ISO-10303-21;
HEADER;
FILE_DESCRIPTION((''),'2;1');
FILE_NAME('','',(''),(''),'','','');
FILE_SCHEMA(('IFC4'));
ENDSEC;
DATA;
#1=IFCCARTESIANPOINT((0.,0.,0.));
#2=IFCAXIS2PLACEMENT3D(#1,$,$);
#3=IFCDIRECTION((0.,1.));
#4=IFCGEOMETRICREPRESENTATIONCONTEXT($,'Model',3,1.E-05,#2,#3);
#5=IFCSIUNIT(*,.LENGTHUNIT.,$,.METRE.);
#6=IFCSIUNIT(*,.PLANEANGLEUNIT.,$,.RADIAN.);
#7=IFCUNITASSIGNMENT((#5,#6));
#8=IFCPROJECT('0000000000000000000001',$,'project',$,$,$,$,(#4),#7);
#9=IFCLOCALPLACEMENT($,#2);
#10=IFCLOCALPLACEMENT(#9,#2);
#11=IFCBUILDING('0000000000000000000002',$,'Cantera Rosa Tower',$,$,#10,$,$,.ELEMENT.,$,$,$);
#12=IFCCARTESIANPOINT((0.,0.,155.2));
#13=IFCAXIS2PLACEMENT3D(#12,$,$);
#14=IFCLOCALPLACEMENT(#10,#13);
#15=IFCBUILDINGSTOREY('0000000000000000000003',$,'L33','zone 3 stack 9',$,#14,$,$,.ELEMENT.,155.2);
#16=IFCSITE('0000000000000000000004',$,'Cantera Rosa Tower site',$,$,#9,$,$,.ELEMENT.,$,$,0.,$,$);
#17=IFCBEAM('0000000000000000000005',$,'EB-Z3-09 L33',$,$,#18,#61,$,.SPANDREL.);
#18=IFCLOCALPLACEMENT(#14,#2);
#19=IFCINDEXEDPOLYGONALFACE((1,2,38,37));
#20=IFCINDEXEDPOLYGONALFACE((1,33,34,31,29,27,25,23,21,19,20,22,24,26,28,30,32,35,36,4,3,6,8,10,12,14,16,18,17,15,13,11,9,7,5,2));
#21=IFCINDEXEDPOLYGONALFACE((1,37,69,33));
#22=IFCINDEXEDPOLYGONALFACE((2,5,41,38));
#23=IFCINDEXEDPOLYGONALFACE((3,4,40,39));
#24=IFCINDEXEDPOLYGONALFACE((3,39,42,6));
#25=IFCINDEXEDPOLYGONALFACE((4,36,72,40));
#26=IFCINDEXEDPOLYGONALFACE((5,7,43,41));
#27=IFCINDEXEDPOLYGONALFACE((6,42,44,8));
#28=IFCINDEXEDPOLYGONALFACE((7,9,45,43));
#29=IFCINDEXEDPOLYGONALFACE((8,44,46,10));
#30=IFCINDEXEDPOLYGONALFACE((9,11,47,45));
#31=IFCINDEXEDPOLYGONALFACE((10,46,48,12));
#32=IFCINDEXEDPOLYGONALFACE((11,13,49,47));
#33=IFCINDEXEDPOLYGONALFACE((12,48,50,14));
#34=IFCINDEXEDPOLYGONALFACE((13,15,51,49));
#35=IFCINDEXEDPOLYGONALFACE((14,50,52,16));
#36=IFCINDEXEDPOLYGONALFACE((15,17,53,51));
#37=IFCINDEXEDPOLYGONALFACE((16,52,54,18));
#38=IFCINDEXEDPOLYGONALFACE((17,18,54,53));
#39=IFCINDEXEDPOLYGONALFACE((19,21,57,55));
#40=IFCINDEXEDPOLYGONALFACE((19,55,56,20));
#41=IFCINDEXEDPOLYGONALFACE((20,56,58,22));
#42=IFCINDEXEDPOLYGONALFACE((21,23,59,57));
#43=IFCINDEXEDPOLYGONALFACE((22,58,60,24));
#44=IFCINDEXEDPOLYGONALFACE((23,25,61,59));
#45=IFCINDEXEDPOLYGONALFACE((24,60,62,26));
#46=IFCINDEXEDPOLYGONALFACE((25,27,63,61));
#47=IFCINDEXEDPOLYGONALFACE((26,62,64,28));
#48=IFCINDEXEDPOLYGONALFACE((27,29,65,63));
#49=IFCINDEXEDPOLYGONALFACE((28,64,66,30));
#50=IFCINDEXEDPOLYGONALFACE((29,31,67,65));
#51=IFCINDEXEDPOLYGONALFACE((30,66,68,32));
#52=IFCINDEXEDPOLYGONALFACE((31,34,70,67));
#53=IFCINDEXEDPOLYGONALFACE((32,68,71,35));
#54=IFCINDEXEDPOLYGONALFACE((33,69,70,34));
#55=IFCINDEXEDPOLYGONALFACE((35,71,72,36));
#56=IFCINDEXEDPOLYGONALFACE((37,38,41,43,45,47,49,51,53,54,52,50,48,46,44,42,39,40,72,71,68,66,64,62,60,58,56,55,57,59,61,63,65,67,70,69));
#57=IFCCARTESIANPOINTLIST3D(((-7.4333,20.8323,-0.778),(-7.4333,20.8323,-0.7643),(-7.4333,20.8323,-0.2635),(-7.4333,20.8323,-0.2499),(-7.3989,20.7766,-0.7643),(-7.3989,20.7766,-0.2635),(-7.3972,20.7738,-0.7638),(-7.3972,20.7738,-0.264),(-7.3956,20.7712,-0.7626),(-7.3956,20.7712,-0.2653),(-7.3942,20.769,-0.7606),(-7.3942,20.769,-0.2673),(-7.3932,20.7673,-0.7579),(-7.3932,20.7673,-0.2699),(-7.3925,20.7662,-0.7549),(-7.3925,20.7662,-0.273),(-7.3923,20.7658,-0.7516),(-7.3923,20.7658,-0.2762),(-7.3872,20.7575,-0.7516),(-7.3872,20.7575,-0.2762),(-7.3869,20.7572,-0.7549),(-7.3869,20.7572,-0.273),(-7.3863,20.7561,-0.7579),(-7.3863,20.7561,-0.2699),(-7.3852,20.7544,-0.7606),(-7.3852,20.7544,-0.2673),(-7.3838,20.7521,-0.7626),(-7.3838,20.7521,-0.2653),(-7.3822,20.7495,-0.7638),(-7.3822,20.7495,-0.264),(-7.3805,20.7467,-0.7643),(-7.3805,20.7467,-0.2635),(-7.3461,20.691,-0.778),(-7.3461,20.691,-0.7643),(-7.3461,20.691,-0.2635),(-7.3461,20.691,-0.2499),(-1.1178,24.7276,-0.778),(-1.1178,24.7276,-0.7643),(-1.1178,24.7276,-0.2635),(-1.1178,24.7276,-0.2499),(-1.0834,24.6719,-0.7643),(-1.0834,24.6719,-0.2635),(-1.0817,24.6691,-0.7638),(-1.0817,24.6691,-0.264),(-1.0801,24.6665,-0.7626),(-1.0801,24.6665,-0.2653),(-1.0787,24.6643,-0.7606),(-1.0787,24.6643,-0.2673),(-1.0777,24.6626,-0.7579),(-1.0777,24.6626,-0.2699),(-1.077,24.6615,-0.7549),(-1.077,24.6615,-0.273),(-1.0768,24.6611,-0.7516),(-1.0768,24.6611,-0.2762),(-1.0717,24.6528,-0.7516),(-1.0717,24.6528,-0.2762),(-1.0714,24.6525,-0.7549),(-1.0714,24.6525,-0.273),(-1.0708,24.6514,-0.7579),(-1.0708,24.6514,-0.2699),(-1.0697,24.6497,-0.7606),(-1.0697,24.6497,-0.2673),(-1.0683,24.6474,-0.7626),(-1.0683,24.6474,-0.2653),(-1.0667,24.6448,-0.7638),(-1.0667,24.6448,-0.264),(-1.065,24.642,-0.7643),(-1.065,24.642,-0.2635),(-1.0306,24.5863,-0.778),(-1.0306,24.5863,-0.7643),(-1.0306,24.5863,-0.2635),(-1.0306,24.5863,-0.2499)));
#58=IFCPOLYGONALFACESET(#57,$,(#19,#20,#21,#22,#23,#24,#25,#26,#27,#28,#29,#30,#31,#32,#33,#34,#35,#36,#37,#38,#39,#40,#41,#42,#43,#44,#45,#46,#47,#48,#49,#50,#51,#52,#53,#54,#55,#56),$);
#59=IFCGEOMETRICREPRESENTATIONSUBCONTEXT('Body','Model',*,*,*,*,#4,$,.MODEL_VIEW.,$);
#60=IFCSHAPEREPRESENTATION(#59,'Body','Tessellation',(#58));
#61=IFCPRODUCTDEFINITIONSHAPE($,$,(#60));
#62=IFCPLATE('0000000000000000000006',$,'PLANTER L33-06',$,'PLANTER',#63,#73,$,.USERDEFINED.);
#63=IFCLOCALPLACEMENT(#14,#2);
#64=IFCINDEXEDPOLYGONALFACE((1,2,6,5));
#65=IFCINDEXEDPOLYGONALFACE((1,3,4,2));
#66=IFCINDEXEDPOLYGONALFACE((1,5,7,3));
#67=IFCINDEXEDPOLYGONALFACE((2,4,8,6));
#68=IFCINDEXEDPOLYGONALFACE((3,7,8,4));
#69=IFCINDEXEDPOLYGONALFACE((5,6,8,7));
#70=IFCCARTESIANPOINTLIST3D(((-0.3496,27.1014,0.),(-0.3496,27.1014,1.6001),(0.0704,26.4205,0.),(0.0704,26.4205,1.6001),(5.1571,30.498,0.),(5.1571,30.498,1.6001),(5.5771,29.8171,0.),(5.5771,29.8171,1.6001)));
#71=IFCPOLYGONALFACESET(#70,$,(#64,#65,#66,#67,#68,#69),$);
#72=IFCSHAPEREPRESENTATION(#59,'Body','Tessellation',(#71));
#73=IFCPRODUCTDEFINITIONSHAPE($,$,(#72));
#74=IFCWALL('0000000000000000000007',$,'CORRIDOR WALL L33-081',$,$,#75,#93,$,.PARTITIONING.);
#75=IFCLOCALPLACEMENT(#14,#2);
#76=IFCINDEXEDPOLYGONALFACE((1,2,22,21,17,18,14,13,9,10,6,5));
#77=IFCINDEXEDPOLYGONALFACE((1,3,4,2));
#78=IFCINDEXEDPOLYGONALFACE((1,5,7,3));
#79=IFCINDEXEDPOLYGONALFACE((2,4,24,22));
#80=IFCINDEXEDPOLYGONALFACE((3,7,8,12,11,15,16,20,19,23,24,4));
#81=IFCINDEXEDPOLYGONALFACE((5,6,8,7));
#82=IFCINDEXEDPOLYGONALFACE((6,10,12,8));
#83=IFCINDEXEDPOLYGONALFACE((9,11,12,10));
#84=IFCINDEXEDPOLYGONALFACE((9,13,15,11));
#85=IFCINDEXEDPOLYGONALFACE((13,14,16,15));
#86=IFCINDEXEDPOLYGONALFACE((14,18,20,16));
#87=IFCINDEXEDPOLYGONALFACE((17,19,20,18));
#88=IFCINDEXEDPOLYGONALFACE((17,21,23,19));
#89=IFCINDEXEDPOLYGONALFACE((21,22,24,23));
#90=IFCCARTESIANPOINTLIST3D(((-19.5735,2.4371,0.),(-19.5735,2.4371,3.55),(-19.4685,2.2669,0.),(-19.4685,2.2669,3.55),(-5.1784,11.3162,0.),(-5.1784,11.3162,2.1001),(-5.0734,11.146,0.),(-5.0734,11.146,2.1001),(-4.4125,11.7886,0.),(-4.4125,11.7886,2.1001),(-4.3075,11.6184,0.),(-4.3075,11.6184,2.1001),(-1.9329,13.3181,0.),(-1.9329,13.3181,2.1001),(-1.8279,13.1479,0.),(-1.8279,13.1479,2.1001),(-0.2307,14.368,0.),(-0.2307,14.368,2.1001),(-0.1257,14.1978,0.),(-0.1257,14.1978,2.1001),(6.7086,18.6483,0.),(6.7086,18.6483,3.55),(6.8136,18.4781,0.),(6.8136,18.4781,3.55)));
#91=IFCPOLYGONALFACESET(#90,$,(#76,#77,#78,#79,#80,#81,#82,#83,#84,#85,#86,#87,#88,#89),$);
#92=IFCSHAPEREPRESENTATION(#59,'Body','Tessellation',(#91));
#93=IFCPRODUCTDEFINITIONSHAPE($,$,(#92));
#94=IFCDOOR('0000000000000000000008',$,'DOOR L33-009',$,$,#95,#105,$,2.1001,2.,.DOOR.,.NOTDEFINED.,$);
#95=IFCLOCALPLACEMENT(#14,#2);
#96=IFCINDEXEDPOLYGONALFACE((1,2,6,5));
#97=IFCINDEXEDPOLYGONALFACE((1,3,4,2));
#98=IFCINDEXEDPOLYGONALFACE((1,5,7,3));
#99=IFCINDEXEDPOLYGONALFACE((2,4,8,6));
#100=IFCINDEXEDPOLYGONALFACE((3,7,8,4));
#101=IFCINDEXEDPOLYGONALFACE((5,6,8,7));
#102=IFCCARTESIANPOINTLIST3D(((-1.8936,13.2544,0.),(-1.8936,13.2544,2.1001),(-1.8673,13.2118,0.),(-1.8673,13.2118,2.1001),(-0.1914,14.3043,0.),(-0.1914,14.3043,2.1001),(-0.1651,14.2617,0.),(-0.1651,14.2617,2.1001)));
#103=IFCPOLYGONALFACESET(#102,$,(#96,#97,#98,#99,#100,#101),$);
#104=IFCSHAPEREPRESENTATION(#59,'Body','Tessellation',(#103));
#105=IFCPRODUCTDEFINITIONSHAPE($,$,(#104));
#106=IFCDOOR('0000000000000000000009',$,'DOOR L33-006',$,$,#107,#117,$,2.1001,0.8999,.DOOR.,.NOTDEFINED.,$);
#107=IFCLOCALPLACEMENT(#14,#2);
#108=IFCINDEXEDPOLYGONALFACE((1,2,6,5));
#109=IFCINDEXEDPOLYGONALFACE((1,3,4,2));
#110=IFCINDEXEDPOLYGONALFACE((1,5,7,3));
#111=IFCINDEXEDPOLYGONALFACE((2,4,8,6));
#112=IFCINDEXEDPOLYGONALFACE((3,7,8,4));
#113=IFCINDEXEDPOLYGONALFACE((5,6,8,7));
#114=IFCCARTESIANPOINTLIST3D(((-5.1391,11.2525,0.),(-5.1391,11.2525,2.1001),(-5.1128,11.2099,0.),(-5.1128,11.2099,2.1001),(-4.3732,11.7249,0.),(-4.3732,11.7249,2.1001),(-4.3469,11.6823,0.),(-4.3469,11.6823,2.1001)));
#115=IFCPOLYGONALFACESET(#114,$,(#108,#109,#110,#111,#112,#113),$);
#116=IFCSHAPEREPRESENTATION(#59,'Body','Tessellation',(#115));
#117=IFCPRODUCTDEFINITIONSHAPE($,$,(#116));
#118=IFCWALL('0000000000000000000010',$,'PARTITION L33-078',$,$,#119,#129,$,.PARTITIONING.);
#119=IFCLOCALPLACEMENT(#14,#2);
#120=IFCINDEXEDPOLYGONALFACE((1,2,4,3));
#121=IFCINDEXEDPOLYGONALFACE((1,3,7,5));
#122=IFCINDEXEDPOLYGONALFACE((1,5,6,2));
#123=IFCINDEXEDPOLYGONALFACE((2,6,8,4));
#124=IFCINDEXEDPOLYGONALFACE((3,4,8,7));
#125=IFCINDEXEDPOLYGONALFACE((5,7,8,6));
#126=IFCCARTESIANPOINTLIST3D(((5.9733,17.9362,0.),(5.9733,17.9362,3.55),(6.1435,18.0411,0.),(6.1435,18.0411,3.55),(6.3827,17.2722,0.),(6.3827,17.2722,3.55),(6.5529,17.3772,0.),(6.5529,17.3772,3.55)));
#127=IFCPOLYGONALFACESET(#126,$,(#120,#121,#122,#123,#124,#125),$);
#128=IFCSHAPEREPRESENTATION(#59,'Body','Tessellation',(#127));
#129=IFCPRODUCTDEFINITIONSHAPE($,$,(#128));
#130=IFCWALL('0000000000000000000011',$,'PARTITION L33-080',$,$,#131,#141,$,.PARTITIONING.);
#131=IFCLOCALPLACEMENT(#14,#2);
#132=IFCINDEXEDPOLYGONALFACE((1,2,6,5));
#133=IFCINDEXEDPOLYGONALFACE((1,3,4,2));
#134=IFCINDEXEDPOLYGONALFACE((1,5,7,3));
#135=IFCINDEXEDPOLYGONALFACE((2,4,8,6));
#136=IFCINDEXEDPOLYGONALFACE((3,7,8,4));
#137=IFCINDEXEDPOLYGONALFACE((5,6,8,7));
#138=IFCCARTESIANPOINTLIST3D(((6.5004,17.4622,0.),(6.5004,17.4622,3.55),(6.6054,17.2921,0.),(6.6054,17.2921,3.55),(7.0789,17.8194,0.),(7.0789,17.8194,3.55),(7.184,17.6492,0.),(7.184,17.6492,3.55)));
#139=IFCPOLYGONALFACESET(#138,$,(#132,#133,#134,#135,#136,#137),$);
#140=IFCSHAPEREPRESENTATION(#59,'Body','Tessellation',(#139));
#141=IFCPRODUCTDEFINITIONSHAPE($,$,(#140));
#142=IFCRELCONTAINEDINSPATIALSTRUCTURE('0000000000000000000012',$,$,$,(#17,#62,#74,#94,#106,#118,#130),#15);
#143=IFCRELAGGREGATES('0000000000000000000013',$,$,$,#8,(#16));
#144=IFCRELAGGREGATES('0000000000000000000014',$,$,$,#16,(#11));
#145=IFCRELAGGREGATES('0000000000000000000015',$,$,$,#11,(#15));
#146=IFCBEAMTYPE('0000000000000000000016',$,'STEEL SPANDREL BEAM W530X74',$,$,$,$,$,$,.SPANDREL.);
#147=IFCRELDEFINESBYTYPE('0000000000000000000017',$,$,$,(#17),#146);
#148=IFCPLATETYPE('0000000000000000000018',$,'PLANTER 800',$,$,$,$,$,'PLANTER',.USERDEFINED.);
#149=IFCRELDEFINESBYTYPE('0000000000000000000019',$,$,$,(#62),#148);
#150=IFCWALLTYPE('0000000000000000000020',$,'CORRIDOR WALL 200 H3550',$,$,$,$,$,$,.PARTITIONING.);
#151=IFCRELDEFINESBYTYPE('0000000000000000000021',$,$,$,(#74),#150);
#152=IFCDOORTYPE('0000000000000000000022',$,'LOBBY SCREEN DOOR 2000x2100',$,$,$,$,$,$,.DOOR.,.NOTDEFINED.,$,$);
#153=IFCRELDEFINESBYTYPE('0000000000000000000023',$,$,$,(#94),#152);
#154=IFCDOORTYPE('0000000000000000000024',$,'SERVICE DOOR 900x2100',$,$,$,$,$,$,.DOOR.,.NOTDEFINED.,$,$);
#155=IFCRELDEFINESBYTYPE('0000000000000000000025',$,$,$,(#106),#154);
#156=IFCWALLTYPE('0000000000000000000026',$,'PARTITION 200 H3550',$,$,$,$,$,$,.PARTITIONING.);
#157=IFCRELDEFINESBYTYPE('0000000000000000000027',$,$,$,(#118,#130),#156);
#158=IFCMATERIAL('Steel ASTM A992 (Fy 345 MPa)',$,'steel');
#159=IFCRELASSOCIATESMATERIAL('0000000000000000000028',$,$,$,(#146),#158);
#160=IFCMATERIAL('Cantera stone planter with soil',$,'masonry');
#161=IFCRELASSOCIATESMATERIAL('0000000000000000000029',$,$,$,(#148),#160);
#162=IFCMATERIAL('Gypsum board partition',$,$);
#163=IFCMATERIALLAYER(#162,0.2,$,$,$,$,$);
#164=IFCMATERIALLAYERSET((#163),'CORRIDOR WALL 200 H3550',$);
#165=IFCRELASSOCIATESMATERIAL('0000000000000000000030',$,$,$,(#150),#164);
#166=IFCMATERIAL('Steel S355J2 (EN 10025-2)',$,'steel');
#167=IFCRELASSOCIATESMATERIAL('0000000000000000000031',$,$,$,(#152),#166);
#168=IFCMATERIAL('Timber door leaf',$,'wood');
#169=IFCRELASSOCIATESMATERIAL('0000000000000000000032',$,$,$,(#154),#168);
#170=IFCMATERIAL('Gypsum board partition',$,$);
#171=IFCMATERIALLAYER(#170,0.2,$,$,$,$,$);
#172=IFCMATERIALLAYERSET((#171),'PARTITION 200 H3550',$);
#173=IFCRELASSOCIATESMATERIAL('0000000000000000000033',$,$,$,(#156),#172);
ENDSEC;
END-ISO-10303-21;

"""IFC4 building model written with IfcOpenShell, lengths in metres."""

from ifc_helpers import new_model, si_unit, direction, frame, frame_2d, origin, origin_2d, place, context, subcontext, project, spatial, rectangle, i_section, extrude, material, layer, layer_set, material_profile, profile_set, type_object, element, fill, save


model = new_model("IFC4")

# Units and contexts
model_context = context("Model", 3, precision=1e-05, world=origin(), true_north=direction((0.0, 1.0)))
body_context = subcontext(model_context, "Body", "Model", "MODEL_VIEW")
ifc_project = project(units=[si_unit("LENGTHUNIT", "METRE"), si_unit("PLANEANGLEUNIT", "RADIAN")], contexts=[model_context])

# Site, building, storey
site_placement = place(None, origin())
site = spatial("IfcSite", under=ifc_project, at=site_placement, Name="Cantera Rosa Tower site", CompositionType="ELEMENT", RefElevation=0.0)
building_placement = place(site_placement, origin())
building = spatial("IfcBuilding", under=site, at=building_placement, Name="Cantera Rosa Tower", CompositionType="ELEMENT")
storey_placement = place(building_placement, frame((0.0, 0.0, 155.2)))
storey = spatial("IfcBuildingStorey", under=building, at=storey_placement, Name="L33", Description="zone 3 stack 9", CompositionType="ELEMENT", Elevation=155.2)

# Beam
ifc_material_1 = material(Name="Steel ASTM A992 (Fy 345 MPa)", Category="steel")
ifc_material_profile_1 = material_profile(ifc_material_1, i_section(OverallWidth=0.166, OverallDepth=0.5281, WebThickness=0.0098, FlangeThickness=0.0137, FilletRadius=0.0127, at=origin_2d()), Name="W530X74")
ifc_profile_set_1 = profile_set([ifc_material_profile_1], Name="Steel ASTM A992 (Fy 345 MPa)")
beam_type_1 = type_object("IfcBeamType", Name="STEEL SPANDREL BEAM W530X74", PredefinedType="SPANDREL", material=ifc_profile_set_1)
for number, where, z_axis, x_axis, name in (
    (1, (-1.0742, 24.657, -0.5139), (-0.851126, -0.524962, 0.0), (0.524962, -0.851126, 0.0), "EB-Z3-09 L33"),
):
    element("IfcBeam", number, at=place(storey_placement, frame(where, z_axis=z_axis, x_axis=x_axis)), inside=storey, type_object=beam_type_1, Name=name, PredefinedType="SPANDREL", context=body_context, shape_type="SweptSolid", body=[
        extrude(i_section(OverallWidth=0.166, OverallDepth=0.5281, WebThickness=0.0098, FlangeThickness=0.0137, FilletRadius=0.0127, at=origin_2d()), origin(), (0.0, 0.0, 1.0), 7.4202),
    ])

# Plate
ifc_material_2 = material(Name="Cantera stone planter with soil", Category="masonry")
plate_type = type_object("IfcPlateType", Name="PLANTER 800", ElementType="PLANTER", PredefinedType="USERDEFINED", material=ifc_material_2)
plate_placement = place(storey_placement, frame((2.6138, 28.4592, 0.0), z_axis=(0.0, 0.0, 1.0), x_axis=(-0.851117, -0.524977, 0.0)))
element("IfcPlate", 2, at=plate_placement, inside=storey, type_object=plate_type, Name="PLANTER L33-06", ObjectType="PLANTER", PredefinedType="USERDEFINED", context=body_context, shape_type="SweptSolid", body=[
    extrude(rectangle(XDim=6.47, YDim=0.8, at=origin_2d()), origin(), (0.0, 0.0, 1.0), 1.6001),
])

# Wall, openings, doors
ifc_material_3 = material(Name="Gypsum board partition")
ifc_layer_1 = layer(ifc_material_3, 0.2)
ifc_layer_set_1 = layer_set([ifc_layer_1], Name="CORRIDOR WALL 200 H3550")
wall_type_1 = type_object("IfcWallType", Name="CORRIDOR WALL 200 H3550", PredefinedType="PARTITIONING", material=ifc_layer_set_1)
wall_1_placement = place(storey_placement, frame((6.7612, 18.5632, 0.0), z_axis=(0.0, 0.0, 1.0), x_axis=(-0.851116, -0.524978, 0.0)))
wall_1 = element("IfcWall", 3, at=wall_1_placement, inside=storey, type_object=wall_type_1, Name="CORRIDOR WALL L33-081", PredefinedType="PARTITIONING", context=body_context, shape_type="SweptSolid", body=[
    extrude(rectangle(XDim=30.8796, YDim=0.2, at=frame_2d((15.4399, 0.0))), origin(), (0.0, 0.0, 1.0), 3.55),
])
opening_1_placement = place(wall_1_placement, frame((13.0667, 0.0, 0.0)))
opening_1 = element("IfcOpeningElement", 4, at=opening_1_placement, cuts=wall_1, PredefinedType="OPENING", context=body_context, shape_type="SweptSolid", body=[
    extrude(rectangle(XDim=0.8999, YDim=2.1001, at=frame_2d((0.45, 1.05))), frame((0.0, 0.1099, 0.0), z_axis=(0.0, -1.0, 0.0), x_axis=(1.0, 0.0, 0.0)), (0.0, 0.0, 1.0), 0.22),
])
opening_2_placement = place(wall_1_placement, frame((8.1533, 0.0, 0.0)))
opening_2 = element("IfcOpeningElement", 5, at=opening_2_placement, cuts=wall_1, PredefinedType="OPENING", context=body_context, shape_type="SweptSolid", body=[
    extrude(rectangle(XDim=2.0, YDim=2.1001, at=frame_2d((1.0, 1.05))), frame((0.0, 0.1099, 0.0), z_axis=(0.0, -1.0, 0.0), x_axis=(1.0, 0.0, 0.0)), (0.0, 0.0, 1.0), 0.22),
])
ifc_material_4 = material(Name="Steel S355J2 (EN 10025-2)", Category="steel")
door_type_1 = type_object("IfcDoorType", Name="LOBBY SCREEN DOOR 2000x2100", OperationType="NOTDEFINED", PredefinedType="DOOR", material=ifc_material_4)
door_1_placement = place(opening_2_placement, origin())
door_1 = element("IfcDoor", 6, at=door_1_placement, inside=storey, type_object=door_type_1, Name="DOOR L33-009", OperationType="NOTDEFINED", OverallHeight=2.1001, OverallWidth=2.0, PredefinedType="DOOR", context=body_context, shape_type="SweptSolid", body=[
    extrude(rectangle(XDim=2.0, YDim=2.1001, at=frame_2d((1.0, 1.05))), frame((0.0, 0.0249, 0.0), z_axis=(0.0, -1.0, 0.0), x_axis=(1.0, 0.0, 0.0)), (0.0, 0.0, 1.0), 0.05),
])
fill(opening_2, door_1)
ifc_material_5 = material(Name="Timber door leaf", Category="wood")
door_type_2 = type_object("IfcDoorType", Name="SERVICE DOOR 900x2100", OperationType="NOTDEFINED", PredefinedType="DOOR", material=ifc_material_5)
door_2_placement = place(opening_1_placement, origin())
door_2 = element("IfcDoor", 7, at=door_2_placement, inside=storey, type_object=door_type_2, Name="DOOR L33-006", OperationType="NOTDEFINED", OverallHeight=2.1001, OverallWidth=0.8999, PredefinedType="DOOR", context=body_context, shape_type="SweptSolid", body=[
    extrude(rectangle(XDim=0.8999, YDim=2.1001, at=frame_2d((0.45, 1.05))), frame((0.0, 0.0249, 0.0), z_axis=(0.0, -1.0, 0.0), x_axis=(1.0, 0.0, 0.0)), (0.0, 0.0, 1.0), 0.05),
])
fill(opening_1, door_2)

# Walls
ifc_material_6 = material(Name="Gypsum board partition")
ifc_layer_2 = layer(ifc_material_6, 0.2)
ifc_layer_set_2 = layer_set([ifc_layer_2], Name="PARTITION 200 H3550")
wall_type_2 = type_object("IfcWallType", Name="PARTITION 200 H3550", PredefinedType="PARTITIONING", material=ifc_layer_set_2)
wall_2_placement = place(storey_placement, frame((6.0583, 17.9888, 0.0), z_axis=(0.0, 0.0, 1.0), x_axis=(0.524813, -0.851217, 0.0)))
element("IfcWall", 8, at=wall_2_placement, inside=storey, type_object=wall_type_2, Name="PARTITION L33-078", PredefinedType="PARTITIONING", context=body_context, shape_type="SweptSolid", body=[
    extrude(rectangle(XDim=0.78, YDim=0.2, at=frame_2d((0.3901, 0.0))), origin(), (0.0, 0.0, 1.0), 3.55),
])
wall_3_placement = place(storey_placement, frame((6.553, 17.3772, 0.0), z_axis=(0.0, 0.0, 1.0), x_axis=(0.85093, 0.525279, 0.0)))
element("IfcWall", 9, at=wall_3_placement, inside=storey, type_object=wall_type_2, Name="PARTITION L33-080", PredefinedType="PARTITIONING", context=body_context, shape_type="SweptSolid", body=[
    extrude(rectangle(XDim=0.6799, YDim=0.2, at=frame_2d((0.3398, 0.0))), origin(), (0.0, 0.0, 1.0), 3.55),
])

save(model, "model.ifc")
